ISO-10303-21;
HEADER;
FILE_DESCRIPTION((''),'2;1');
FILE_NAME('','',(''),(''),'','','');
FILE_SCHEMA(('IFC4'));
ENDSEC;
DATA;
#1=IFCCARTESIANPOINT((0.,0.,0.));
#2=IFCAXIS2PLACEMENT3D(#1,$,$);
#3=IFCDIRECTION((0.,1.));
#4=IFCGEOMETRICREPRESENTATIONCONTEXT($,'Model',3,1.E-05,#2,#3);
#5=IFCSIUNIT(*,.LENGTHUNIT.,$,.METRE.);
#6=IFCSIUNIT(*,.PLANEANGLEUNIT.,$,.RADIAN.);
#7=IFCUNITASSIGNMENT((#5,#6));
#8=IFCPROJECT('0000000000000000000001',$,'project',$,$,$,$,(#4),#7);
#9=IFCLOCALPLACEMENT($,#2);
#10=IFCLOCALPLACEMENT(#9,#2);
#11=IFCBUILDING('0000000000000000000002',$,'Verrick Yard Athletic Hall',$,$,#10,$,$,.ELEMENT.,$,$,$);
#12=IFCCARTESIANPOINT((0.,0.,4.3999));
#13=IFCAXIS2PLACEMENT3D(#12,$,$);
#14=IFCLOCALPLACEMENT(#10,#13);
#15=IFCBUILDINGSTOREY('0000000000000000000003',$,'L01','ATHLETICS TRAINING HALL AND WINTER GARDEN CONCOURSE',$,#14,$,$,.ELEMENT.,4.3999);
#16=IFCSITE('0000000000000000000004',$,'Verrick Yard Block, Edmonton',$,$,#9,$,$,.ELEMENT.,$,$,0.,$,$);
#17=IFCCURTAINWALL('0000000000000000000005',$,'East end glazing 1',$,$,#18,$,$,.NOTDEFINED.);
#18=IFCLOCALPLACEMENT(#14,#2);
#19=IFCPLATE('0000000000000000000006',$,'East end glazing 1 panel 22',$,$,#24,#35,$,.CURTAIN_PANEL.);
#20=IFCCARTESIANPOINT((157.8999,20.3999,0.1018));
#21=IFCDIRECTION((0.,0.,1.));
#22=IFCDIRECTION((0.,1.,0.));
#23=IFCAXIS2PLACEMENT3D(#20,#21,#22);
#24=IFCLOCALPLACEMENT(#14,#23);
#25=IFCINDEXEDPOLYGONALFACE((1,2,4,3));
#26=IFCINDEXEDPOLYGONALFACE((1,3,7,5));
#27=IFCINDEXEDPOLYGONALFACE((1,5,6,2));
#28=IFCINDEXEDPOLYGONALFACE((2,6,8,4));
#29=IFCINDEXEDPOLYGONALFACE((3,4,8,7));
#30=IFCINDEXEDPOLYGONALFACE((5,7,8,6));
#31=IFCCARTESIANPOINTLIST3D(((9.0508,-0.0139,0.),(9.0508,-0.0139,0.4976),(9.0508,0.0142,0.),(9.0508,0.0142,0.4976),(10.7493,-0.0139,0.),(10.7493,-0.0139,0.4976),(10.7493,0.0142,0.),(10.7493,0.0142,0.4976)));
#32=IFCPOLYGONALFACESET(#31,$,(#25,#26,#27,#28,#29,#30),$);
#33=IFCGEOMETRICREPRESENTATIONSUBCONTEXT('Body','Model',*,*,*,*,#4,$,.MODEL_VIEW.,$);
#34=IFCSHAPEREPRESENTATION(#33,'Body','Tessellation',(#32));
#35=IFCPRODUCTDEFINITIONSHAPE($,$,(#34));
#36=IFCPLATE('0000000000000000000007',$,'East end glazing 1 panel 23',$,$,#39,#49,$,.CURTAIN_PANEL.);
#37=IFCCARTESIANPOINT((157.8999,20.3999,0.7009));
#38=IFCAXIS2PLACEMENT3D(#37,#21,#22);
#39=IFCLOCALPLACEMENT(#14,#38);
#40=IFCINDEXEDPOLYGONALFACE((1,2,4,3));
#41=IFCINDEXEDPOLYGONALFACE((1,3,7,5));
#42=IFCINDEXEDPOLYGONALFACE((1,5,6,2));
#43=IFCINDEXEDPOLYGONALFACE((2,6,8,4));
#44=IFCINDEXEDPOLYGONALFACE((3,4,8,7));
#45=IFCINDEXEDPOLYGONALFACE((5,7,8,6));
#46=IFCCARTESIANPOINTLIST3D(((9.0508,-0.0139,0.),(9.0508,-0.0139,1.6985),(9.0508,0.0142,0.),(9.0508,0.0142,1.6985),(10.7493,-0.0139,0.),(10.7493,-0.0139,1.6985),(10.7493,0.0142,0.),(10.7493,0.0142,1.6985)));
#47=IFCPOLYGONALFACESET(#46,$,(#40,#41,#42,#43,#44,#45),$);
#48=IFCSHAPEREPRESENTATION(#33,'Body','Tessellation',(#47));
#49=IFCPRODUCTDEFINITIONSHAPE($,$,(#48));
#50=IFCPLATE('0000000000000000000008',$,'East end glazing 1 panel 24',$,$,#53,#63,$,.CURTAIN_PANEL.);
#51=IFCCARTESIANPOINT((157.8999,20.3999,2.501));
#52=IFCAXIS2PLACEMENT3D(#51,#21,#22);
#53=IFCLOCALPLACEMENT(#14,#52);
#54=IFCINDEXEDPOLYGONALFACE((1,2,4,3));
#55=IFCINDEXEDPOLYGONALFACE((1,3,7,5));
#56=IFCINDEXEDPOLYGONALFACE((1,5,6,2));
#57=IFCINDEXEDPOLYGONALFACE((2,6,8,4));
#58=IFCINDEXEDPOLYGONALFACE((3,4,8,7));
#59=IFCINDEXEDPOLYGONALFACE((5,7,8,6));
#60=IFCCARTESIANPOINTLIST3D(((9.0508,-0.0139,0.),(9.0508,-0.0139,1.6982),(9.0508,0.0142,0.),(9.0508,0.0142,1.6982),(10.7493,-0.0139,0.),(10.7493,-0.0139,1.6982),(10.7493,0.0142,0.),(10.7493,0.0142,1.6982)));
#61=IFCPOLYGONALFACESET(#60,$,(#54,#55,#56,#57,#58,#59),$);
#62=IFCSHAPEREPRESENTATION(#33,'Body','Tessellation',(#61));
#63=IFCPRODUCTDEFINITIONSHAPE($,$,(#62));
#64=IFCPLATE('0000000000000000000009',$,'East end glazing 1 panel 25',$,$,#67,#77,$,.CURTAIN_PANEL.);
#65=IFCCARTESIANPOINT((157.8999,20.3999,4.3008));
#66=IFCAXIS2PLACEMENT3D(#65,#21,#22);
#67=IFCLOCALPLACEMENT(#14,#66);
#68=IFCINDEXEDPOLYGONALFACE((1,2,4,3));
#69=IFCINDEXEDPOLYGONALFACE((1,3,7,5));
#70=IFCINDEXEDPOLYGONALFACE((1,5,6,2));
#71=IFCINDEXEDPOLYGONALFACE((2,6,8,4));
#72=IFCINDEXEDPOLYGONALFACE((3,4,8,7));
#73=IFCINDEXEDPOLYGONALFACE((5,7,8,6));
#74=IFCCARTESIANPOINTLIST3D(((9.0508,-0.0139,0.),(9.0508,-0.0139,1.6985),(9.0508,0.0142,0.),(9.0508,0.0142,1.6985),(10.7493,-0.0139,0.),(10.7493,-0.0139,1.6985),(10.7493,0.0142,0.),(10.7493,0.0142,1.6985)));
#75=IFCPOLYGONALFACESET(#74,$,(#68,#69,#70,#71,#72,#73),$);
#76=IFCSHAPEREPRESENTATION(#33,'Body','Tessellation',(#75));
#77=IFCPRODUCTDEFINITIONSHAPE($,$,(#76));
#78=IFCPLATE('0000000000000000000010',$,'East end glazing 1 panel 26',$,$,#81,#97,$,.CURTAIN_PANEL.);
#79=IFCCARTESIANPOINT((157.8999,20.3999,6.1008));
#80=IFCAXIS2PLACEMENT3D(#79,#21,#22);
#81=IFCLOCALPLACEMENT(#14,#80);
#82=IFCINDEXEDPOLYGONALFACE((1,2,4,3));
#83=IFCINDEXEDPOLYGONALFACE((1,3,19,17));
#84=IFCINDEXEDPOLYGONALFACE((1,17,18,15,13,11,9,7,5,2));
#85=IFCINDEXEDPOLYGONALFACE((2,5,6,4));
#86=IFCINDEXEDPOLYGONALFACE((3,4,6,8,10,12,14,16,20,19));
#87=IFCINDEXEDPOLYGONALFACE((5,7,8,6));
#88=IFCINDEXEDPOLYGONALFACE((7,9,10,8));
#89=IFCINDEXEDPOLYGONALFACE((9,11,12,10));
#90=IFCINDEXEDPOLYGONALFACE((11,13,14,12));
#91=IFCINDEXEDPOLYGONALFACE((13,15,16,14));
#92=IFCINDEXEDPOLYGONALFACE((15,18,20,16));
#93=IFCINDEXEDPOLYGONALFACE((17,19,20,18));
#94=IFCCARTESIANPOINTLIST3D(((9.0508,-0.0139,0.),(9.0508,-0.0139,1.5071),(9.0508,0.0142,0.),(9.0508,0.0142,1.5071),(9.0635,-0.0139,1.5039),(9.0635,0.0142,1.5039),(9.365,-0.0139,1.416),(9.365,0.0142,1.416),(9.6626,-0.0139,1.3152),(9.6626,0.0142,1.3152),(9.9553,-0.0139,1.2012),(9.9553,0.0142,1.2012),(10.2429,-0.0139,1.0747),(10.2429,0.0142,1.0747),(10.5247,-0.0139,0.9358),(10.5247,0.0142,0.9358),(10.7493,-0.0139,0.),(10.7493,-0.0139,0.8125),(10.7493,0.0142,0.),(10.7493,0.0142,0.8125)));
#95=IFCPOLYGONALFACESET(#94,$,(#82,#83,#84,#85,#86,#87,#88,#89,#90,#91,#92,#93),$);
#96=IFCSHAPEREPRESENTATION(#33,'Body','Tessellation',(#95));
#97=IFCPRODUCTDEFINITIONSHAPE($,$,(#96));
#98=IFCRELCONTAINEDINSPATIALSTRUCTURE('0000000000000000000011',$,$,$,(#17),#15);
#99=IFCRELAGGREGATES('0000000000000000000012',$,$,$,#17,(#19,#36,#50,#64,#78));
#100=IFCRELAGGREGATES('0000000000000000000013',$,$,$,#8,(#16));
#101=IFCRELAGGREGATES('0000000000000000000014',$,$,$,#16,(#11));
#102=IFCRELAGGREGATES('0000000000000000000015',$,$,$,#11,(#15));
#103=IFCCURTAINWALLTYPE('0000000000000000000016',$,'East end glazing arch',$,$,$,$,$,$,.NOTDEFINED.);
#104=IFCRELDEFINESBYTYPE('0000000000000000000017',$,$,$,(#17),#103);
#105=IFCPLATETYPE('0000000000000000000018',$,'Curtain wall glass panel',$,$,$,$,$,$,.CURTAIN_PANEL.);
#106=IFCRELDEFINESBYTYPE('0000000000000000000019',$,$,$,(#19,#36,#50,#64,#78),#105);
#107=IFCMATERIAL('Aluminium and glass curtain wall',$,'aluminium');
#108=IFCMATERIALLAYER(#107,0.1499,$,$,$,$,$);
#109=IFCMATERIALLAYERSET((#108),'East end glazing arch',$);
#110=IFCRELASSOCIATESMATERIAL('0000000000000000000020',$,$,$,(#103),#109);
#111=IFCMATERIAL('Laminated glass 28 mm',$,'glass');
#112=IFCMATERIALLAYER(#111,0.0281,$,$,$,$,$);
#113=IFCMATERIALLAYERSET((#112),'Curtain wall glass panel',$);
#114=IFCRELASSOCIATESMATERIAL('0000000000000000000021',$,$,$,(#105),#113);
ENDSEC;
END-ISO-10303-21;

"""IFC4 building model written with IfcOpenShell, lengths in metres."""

from ifc_helpers import new_model, si_unit, direction, frame, origin, place, context, subcontext, project, spatial, polyline, outline, extrude, material, layer, layer_set, type_object, element, aggregate, save


model = new_model("IFC4")

# Units and contexts
model_context = context("Model", 3, precision=1e-05, world=origin(), true_north=direction((0.0, 1.0)))
body_context = subcontext(model_context, "Body", "Model", "MODEL_VIEW")
ifc_project = project(units=[si_unit("LENGTHUNIT", "METRE"), si_unit("PLANEANGLEUNIT", "RADIAN")], contexts=[model_context])

# Site, building, storey
site_placement = place(None, origin())
site = spatial("IfcSite", under=ifc_project, at=site_placement, Name="Verrick Yard Block, Edmonton", CompositionType="ELEMENT", RefElevation=0.0)
building_placement = place(site_placement, origin())
building = spatial("IfcBuilding", under=site, at=building_placement, Name="Verrick Yard Athletic Hall", CompositionType="ELEMENT")
storey_placement = place(building_placement, frame((0.0, 0.0, 4.3999)))
storey = spatial("IfcBuildingStorey", under=building, at=storey_placement, Name="L01", Description="ATHLETICS TRAINING HALL AND WINTER GARDEN CONCOURSE", CompositionType="ELEMENT", Elevation=4.3999)

# Curtain wall, plates
ifc_material_1 = material(Name="Aluminium and glass curtain wall", Category="aluminium")
ifc_layer_1 = layer(ifc_material_1, 0.1499)
ifc_layer_set_1 = layer_set([ifc_layer_1], Name="East end glazing arch")
curtain_wall_type = type_object("IfcCurtainWallType", Name="East end glazing arch", PredefinedType="NOTDEFINED", material=ifc_layer_set_1)
curtain_wall_placement = place(storey_placement, origin())
curtain_wall = element("IfcCurtainWall", 1, at=curtain_wall_placement, inside=storey, type_object=curtain_wall_type, Name="East end glazing 1", PredefinedType="NOTDEFINED")
ifc_material_2 = material(Name="Laminated glass 28 mm", Category="glass")
ifc_layer_2 = layer(ifc_material_2, 0.0281)
ifc_layer_set_2 = layer_set([ifc_layer_2], Name="Curtain wall glass panel")
plate_type = type_object("IfcPlateType", Name="Curtain wall glass panel", PredefinedType="CURTAIN_PANEL", material=ifc_layer_set_2)
plate_1_placement = place(storey_placement, frame((157.8999, 20.3999, 0.1018), z_axis=(0.0, 0.0, 1.0), x_axis=(0.0, 1.0, 0.0)))
plate_1 = element("IfcPlate", 2, at=plate_1_placement, type_object=plate_type, Name="East end glazing 1 panel 22", PredefinedType="CURTAIN_PANEL", context=body_context, shape_type="SweptSolid", body=[
    extrude(outline(polyline([(10.7493, 0.0), (10.7493, 0.4976), (9.0508, 0.4976), (9.0508, 0.0), (10.7493, 0.0)])), frame((0.0, 0.0142, 0.0), z_axis=(0.0, -1.0, 0.0), x_axis=(1.0, 0.0, 0.0)), (0.0, 0.0, 1.0), 0.0281),
])
plate_2_placement = place(storey_placement, frame((157.8999, 20.3999, 0.7009), z_axis=(0.0, 0.0, 1.0), x_axis=(0.0, 1.0, 0.0)))
plate_2 = element("IfcPlate", 3, at=plate_2_placement, type_object=plate_type, Name="East end glazing 1 panel 23", PredefinedType="CURTAIN_PANEL", context=body_context, shape_type="SweptSolid", body=[
    extrude(outline(polyline([(10.7493, 0.0), (10.7493, 1.6985), (9.0508, 1.6985), (9.0508, 0.0), (10.7493, 0.0)])), frame((0.0, 0.0142, 0.0), z_axis=(0.0, -1.0, 0.0), x_axis=(1.0, 0.0, 0.0)), (0.0, 0.0, 1.0), 0.0281),
])
plate_3_placement = place(storey_placement, frame((157.8999, 20.3999, 2.501), z_axis=(0.0, 0.0, 1.0), x_axis=(0.0, 1.0, 0.0)))
plate_3 = element("IfcPlate", 4, at=plate_3_placement, type_object=plate_type, Name="East end glazing 1 panel 24", PredefinedType="CURTAIN_PANEL", context=body_context, shape_type="SweptSolid", body=[
    extrude(outline(polyline([(10.7493, 0.0), (10.7493, 1.6982), (9.0508, 1.6982), (9.0508, 0.0), (10.7493, 0.0)])), frame((0.0, 0.0142, 0.0), z_axis=(0.0, -1.0, 0.0), x_axis=(1.0, 0.0, 0.0)), (0.0, 0.0, 1.0), 0.0281),
])
plate_4_placement = place(storey_placement, frame((157.8999, 20.3999, 4.3008), z_axis=(0.0, 0.0, 1.0), x_axis=(0.0, 1.0, 0.0)))
plate_4 = element("IfcPlate", 5, at=plate_4_placement, type_object=plate_type, Name="East end glazing 1 panel 25", PredefinedType="CURTAIN_PANEL", context=body_context, shape_type="SweptSolid", body=[
    extrude(outline(polyline([(10.7493, 0.0), (10.7493, 1.6985), (9.0508, 1.6985), (9.0508, 0.0), (10.7493, 0.0)])), frame((0.0, 0.0142, 0.0), z_axis=(0.0, -1.0, 0.0), x_axis=(1.0, 0.0, 0.0)), (0.0, 0.0, 1.0), 0.0281),
])
plate_5_placement = place(storey_placement, frame((157.8999, 20.3999, 6.1008), z_axis=(0.0, 0.0, 1.0), x_axis=(0.0, 1.0, 0.0)))
plate_5 = element("IfcPlate", 6, at=plate_5_placement, type_object=plate_type, Name="East end glazing 1 panel 26", PredefinedType="CURTAIN_PANEL", context=body_context, shape_type="SweptSolid", body=[
    extrude(outline(polyline([(10.7493, 0.8125), (10.5247, 0.9358), (10.2429, 1.0747), (9.9553, 1.2012), (9.6626, 1.3152), (9.365, 1.416), (9.0635, 1.5039), (9.0508, 1.5071), (9.0508, 0.0), (10.7493, 0.0), (10.7493, 0.8125)])), frame((0.0, 0.0142, 0.0), z_axis=(0.0, -1.0, 0.0), x_axis=(1.0, 0.0, 0.0)), (0.0, 0.0, 1.0), 0.0281),
])
aggregate(curtain_wall, [plate_1, plate_2, plate_3, plate_4, plate_5])

save(model, "model.ifc")
